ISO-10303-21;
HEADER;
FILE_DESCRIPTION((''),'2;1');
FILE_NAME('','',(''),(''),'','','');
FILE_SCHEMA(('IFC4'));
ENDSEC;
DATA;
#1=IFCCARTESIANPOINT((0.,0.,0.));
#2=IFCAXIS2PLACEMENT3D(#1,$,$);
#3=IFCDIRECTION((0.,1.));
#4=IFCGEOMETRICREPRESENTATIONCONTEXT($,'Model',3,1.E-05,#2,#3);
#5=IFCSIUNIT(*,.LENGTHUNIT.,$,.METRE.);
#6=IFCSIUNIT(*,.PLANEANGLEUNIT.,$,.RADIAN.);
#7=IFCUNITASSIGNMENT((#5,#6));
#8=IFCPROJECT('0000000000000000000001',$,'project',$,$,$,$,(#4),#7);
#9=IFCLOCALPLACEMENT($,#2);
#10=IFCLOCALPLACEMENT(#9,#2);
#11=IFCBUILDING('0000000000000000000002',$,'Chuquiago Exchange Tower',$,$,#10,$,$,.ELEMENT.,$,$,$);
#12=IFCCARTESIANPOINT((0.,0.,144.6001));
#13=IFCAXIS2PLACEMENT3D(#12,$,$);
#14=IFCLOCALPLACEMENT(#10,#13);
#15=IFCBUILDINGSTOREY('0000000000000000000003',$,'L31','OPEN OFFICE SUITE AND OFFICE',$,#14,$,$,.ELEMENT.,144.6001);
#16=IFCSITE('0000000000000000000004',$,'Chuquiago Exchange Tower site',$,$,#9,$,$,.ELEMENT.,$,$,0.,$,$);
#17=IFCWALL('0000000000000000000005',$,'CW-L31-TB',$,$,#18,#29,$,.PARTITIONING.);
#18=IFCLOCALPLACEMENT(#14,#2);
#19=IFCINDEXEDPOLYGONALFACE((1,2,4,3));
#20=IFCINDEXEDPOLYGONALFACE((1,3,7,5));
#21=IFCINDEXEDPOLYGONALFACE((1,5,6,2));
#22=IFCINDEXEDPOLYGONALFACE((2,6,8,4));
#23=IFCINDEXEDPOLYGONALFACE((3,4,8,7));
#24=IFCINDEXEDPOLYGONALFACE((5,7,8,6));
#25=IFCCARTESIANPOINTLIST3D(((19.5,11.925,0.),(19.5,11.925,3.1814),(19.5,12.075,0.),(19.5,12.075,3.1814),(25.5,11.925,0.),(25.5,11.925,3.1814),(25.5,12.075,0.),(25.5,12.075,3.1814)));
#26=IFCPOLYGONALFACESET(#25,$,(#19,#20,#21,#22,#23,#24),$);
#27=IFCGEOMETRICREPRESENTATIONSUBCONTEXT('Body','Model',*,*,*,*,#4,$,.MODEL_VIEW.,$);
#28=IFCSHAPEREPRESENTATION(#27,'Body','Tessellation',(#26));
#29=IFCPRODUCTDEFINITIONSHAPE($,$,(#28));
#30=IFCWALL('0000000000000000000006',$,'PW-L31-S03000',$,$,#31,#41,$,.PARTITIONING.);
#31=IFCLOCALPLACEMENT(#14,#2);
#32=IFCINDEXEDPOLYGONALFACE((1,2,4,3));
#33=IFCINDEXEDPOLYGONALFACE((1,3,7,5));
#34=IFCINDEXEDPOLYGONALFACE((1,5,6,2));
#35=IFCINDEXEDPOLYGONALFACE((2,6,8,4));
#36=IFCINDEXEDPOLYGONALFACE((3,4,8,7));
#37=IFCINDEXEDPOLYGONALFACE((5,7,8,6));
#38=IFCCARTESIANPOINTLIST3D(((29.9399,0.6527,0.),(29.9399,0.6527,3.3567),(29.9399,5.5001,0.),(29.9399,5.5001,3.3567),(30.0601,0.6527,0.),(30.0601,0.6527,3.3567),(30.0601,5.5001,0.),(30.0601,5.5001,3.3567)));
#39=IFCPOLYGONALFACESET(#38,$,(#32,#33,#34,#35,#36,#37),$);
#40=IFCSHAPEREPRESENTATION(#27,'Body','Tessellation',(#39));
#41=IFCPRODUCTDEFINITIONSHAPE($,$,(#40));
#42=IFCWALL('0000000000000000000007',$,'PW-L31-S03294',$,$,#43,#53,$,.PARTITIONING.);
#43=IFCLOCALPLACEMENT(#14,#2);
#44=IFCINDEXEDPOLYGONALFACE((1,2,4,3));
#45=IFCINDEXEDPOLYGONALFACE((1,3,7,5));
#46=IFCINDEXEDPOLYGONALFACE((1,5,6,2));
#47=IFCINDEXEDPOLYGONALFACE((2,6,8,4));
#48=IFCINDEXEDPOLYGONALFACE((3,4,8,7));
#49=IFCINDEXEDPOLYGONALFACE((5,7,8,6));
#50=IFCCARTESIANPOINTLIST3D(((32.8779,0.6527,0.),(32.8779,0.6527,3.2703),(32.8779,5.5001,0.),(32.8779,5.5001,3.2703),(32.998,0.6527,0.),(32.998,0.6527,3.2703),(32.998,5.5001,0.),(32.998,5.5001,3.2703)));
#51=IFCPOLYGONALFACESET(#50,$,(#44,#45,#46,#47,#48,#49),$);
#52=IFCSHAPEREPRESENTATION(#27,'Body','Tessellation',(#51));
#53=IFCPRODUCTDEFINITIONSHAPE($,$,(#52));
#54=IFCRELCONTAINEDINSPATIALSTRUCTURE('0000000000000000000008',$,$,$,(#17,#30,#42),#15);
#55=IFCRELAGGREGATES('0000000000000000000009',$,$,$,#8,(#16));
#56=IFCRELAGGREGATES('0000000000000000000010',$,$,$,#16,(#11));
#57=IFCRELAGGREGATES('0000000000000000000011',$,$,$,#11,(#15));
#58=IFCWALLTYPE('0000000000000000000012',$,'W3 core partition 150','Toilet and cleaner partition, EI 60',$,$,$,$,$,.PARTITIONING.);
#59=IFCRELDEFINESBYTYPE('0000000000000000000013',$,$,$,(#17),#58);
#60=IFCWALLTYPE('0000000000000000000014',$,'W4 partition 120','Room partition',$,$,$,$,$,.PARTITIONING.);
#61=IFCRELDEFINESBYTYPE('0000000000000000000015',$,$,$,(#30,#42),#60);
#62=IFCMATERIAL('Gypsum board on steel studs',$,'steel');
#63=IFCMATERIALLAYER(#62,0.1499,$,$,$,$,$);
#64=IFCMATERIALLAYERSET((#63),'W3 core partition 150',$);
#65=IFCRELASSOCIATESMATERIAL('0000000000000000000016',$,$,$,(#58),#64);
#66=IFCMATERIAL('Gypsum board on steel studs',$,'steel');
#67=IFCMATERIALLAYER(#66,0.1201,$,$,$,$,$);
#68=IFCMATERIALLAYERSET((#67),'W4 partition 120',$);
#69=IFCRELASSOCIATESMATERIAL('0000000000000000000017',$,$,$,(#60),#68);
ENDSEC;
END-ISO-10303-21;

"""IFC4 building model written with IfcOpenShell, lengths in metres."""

from ifc_helpers import new_model, si_unit, direction, frame, frame_2d, origin, place, context, subcontext, project, spatial, rectangle, extrude, material, layer, layer_set, type_object, element, save


model = new_model("IFC4")

# Units and contexts
model_context = context("Model", 3, precision=1e-05, world=origin(), true_north=direction((0.0, 1.0)))
body_context = subcontext(model_context, "Body", "Model", "MODEL_VIEW")
ifc_project = project(units=[si_unit("LENGTHUNIT", "METRE"), si_unit("PLANEANGLEUNIT", "RADIAN")], contexts=[model_context])

# Site, building, storey
site_placement = place(None, origin())
site = spatial("IfcSite", under=ifc_project, at=site_placement, Name="Chuquiago Exchange Tower site", CompositionType="ELEMENT", RefElevation=0.0)
building_placement = place(site_placement, origin())
building = spatial("IfcBuilding", under=site, at=building_placement, Name="Chuquiago Exchange Tower", CompositionType="ELEMENT")
storey_placement = place(building_placement, frame((0.0, 0.0, 144.6001)))
storey = spatial("IfcBuildingStorey", under=building, at=storey_placement, Name="L31", Description="OPEN OFFICE SUITE AND OFFICE", CompositionType="ELEMENT", Elevation=144.6001)

# Walls
ifc_material_1 = material(Name="Gypsum board on steel studs", Category="steel")
ifc_layer_1 = layer(ifc_material_1, 0.1499)
ifc_layer_set_1 = layer_set([ifc_layer_1], Name="W3 core partition 150")
wall_type_1 = type_object("IfcWallType", Name="W3 core partition 150", Description="Toilet and cleaner partition, EI 60", PredefinedType="PARTITIONING", material=ifc_layer_set_1)
wall_1_placement = place(storey_placement, frame((19.5, 12.0, 0.0), z_axis=(0.0, 0.0, 1.0), x_axis=(1.0, 0.0, 0.0)))
element("IfcWall", 1, at=wall_1_placement, inside=storey, type_object=wall_type_1, Name="CW-L31-TB", PredefinedType="PARTITIONING", context=body_context, shape_type="SweptSolid", body=[
    extrude(rectangle(XDim=6.0, YDim=0.1499, at=frame_2d((3.0, 0.0))), origin(), (0.0, 0.0, 1.0), 3.1814),
])
ifc_material_2 = material(Name="Gypsum board on steel studs", Category="steel")
ifc_layer_2 = layer(ifc_material_2, 0.1201)
ifc_layer_set_2 = layer_set([ifc_layer_2], Name="W4 partition 120")
wall_type_2 = type_object("IfcWallType", Name="W4 partition 120", Description="Room partition", PredefinedType="PARTITIONING", material=ifc_layer_set_2)
wall_2_placement = place(storey_placement, frame((30.0, 0.6526, 0.0), z_axis=(0.0, 0.0, 1.0), x_axis=(0.0, 1.0, 0.0)))
element("IfcWall", 2, at=wall_2_placement, inside=storey, type_object=wall_type_2, Name="PW-L31-S03000", PredefinedType="PARTITIONING", context=body_context, shape_type="SweptSolid", body=[
    extrude(rectangle(XDim=4.8474, YDim=0.1201, at=frame_2d((2.4238, 0.0))), origin(), (0.0, 0.0, 1.0), 3.3567),
])
wall_3_placement = place(storey_placement, frame((32.938, 0.6526, 0.0), z_axis=(0.0, 0.0, 1.0), x_axis=(0.0, 1.0, 0.0)))
element("IfcWall", 3, at=wall_3_placement, inside=storey, type_object=wall_type_2, Name="PW-L31-S03294", PredefinedType="PARTITIONING", context=body_context, shape_type="SweptSolid", body=[
    extrude(rectangle(XDim=4.8474, YDim=0.1201, at=frame_2d((2.4238, 0.0))), origin(), (0.0, 0.0, 1.0), 3.2703),
])

save(model, "model.ifc")
